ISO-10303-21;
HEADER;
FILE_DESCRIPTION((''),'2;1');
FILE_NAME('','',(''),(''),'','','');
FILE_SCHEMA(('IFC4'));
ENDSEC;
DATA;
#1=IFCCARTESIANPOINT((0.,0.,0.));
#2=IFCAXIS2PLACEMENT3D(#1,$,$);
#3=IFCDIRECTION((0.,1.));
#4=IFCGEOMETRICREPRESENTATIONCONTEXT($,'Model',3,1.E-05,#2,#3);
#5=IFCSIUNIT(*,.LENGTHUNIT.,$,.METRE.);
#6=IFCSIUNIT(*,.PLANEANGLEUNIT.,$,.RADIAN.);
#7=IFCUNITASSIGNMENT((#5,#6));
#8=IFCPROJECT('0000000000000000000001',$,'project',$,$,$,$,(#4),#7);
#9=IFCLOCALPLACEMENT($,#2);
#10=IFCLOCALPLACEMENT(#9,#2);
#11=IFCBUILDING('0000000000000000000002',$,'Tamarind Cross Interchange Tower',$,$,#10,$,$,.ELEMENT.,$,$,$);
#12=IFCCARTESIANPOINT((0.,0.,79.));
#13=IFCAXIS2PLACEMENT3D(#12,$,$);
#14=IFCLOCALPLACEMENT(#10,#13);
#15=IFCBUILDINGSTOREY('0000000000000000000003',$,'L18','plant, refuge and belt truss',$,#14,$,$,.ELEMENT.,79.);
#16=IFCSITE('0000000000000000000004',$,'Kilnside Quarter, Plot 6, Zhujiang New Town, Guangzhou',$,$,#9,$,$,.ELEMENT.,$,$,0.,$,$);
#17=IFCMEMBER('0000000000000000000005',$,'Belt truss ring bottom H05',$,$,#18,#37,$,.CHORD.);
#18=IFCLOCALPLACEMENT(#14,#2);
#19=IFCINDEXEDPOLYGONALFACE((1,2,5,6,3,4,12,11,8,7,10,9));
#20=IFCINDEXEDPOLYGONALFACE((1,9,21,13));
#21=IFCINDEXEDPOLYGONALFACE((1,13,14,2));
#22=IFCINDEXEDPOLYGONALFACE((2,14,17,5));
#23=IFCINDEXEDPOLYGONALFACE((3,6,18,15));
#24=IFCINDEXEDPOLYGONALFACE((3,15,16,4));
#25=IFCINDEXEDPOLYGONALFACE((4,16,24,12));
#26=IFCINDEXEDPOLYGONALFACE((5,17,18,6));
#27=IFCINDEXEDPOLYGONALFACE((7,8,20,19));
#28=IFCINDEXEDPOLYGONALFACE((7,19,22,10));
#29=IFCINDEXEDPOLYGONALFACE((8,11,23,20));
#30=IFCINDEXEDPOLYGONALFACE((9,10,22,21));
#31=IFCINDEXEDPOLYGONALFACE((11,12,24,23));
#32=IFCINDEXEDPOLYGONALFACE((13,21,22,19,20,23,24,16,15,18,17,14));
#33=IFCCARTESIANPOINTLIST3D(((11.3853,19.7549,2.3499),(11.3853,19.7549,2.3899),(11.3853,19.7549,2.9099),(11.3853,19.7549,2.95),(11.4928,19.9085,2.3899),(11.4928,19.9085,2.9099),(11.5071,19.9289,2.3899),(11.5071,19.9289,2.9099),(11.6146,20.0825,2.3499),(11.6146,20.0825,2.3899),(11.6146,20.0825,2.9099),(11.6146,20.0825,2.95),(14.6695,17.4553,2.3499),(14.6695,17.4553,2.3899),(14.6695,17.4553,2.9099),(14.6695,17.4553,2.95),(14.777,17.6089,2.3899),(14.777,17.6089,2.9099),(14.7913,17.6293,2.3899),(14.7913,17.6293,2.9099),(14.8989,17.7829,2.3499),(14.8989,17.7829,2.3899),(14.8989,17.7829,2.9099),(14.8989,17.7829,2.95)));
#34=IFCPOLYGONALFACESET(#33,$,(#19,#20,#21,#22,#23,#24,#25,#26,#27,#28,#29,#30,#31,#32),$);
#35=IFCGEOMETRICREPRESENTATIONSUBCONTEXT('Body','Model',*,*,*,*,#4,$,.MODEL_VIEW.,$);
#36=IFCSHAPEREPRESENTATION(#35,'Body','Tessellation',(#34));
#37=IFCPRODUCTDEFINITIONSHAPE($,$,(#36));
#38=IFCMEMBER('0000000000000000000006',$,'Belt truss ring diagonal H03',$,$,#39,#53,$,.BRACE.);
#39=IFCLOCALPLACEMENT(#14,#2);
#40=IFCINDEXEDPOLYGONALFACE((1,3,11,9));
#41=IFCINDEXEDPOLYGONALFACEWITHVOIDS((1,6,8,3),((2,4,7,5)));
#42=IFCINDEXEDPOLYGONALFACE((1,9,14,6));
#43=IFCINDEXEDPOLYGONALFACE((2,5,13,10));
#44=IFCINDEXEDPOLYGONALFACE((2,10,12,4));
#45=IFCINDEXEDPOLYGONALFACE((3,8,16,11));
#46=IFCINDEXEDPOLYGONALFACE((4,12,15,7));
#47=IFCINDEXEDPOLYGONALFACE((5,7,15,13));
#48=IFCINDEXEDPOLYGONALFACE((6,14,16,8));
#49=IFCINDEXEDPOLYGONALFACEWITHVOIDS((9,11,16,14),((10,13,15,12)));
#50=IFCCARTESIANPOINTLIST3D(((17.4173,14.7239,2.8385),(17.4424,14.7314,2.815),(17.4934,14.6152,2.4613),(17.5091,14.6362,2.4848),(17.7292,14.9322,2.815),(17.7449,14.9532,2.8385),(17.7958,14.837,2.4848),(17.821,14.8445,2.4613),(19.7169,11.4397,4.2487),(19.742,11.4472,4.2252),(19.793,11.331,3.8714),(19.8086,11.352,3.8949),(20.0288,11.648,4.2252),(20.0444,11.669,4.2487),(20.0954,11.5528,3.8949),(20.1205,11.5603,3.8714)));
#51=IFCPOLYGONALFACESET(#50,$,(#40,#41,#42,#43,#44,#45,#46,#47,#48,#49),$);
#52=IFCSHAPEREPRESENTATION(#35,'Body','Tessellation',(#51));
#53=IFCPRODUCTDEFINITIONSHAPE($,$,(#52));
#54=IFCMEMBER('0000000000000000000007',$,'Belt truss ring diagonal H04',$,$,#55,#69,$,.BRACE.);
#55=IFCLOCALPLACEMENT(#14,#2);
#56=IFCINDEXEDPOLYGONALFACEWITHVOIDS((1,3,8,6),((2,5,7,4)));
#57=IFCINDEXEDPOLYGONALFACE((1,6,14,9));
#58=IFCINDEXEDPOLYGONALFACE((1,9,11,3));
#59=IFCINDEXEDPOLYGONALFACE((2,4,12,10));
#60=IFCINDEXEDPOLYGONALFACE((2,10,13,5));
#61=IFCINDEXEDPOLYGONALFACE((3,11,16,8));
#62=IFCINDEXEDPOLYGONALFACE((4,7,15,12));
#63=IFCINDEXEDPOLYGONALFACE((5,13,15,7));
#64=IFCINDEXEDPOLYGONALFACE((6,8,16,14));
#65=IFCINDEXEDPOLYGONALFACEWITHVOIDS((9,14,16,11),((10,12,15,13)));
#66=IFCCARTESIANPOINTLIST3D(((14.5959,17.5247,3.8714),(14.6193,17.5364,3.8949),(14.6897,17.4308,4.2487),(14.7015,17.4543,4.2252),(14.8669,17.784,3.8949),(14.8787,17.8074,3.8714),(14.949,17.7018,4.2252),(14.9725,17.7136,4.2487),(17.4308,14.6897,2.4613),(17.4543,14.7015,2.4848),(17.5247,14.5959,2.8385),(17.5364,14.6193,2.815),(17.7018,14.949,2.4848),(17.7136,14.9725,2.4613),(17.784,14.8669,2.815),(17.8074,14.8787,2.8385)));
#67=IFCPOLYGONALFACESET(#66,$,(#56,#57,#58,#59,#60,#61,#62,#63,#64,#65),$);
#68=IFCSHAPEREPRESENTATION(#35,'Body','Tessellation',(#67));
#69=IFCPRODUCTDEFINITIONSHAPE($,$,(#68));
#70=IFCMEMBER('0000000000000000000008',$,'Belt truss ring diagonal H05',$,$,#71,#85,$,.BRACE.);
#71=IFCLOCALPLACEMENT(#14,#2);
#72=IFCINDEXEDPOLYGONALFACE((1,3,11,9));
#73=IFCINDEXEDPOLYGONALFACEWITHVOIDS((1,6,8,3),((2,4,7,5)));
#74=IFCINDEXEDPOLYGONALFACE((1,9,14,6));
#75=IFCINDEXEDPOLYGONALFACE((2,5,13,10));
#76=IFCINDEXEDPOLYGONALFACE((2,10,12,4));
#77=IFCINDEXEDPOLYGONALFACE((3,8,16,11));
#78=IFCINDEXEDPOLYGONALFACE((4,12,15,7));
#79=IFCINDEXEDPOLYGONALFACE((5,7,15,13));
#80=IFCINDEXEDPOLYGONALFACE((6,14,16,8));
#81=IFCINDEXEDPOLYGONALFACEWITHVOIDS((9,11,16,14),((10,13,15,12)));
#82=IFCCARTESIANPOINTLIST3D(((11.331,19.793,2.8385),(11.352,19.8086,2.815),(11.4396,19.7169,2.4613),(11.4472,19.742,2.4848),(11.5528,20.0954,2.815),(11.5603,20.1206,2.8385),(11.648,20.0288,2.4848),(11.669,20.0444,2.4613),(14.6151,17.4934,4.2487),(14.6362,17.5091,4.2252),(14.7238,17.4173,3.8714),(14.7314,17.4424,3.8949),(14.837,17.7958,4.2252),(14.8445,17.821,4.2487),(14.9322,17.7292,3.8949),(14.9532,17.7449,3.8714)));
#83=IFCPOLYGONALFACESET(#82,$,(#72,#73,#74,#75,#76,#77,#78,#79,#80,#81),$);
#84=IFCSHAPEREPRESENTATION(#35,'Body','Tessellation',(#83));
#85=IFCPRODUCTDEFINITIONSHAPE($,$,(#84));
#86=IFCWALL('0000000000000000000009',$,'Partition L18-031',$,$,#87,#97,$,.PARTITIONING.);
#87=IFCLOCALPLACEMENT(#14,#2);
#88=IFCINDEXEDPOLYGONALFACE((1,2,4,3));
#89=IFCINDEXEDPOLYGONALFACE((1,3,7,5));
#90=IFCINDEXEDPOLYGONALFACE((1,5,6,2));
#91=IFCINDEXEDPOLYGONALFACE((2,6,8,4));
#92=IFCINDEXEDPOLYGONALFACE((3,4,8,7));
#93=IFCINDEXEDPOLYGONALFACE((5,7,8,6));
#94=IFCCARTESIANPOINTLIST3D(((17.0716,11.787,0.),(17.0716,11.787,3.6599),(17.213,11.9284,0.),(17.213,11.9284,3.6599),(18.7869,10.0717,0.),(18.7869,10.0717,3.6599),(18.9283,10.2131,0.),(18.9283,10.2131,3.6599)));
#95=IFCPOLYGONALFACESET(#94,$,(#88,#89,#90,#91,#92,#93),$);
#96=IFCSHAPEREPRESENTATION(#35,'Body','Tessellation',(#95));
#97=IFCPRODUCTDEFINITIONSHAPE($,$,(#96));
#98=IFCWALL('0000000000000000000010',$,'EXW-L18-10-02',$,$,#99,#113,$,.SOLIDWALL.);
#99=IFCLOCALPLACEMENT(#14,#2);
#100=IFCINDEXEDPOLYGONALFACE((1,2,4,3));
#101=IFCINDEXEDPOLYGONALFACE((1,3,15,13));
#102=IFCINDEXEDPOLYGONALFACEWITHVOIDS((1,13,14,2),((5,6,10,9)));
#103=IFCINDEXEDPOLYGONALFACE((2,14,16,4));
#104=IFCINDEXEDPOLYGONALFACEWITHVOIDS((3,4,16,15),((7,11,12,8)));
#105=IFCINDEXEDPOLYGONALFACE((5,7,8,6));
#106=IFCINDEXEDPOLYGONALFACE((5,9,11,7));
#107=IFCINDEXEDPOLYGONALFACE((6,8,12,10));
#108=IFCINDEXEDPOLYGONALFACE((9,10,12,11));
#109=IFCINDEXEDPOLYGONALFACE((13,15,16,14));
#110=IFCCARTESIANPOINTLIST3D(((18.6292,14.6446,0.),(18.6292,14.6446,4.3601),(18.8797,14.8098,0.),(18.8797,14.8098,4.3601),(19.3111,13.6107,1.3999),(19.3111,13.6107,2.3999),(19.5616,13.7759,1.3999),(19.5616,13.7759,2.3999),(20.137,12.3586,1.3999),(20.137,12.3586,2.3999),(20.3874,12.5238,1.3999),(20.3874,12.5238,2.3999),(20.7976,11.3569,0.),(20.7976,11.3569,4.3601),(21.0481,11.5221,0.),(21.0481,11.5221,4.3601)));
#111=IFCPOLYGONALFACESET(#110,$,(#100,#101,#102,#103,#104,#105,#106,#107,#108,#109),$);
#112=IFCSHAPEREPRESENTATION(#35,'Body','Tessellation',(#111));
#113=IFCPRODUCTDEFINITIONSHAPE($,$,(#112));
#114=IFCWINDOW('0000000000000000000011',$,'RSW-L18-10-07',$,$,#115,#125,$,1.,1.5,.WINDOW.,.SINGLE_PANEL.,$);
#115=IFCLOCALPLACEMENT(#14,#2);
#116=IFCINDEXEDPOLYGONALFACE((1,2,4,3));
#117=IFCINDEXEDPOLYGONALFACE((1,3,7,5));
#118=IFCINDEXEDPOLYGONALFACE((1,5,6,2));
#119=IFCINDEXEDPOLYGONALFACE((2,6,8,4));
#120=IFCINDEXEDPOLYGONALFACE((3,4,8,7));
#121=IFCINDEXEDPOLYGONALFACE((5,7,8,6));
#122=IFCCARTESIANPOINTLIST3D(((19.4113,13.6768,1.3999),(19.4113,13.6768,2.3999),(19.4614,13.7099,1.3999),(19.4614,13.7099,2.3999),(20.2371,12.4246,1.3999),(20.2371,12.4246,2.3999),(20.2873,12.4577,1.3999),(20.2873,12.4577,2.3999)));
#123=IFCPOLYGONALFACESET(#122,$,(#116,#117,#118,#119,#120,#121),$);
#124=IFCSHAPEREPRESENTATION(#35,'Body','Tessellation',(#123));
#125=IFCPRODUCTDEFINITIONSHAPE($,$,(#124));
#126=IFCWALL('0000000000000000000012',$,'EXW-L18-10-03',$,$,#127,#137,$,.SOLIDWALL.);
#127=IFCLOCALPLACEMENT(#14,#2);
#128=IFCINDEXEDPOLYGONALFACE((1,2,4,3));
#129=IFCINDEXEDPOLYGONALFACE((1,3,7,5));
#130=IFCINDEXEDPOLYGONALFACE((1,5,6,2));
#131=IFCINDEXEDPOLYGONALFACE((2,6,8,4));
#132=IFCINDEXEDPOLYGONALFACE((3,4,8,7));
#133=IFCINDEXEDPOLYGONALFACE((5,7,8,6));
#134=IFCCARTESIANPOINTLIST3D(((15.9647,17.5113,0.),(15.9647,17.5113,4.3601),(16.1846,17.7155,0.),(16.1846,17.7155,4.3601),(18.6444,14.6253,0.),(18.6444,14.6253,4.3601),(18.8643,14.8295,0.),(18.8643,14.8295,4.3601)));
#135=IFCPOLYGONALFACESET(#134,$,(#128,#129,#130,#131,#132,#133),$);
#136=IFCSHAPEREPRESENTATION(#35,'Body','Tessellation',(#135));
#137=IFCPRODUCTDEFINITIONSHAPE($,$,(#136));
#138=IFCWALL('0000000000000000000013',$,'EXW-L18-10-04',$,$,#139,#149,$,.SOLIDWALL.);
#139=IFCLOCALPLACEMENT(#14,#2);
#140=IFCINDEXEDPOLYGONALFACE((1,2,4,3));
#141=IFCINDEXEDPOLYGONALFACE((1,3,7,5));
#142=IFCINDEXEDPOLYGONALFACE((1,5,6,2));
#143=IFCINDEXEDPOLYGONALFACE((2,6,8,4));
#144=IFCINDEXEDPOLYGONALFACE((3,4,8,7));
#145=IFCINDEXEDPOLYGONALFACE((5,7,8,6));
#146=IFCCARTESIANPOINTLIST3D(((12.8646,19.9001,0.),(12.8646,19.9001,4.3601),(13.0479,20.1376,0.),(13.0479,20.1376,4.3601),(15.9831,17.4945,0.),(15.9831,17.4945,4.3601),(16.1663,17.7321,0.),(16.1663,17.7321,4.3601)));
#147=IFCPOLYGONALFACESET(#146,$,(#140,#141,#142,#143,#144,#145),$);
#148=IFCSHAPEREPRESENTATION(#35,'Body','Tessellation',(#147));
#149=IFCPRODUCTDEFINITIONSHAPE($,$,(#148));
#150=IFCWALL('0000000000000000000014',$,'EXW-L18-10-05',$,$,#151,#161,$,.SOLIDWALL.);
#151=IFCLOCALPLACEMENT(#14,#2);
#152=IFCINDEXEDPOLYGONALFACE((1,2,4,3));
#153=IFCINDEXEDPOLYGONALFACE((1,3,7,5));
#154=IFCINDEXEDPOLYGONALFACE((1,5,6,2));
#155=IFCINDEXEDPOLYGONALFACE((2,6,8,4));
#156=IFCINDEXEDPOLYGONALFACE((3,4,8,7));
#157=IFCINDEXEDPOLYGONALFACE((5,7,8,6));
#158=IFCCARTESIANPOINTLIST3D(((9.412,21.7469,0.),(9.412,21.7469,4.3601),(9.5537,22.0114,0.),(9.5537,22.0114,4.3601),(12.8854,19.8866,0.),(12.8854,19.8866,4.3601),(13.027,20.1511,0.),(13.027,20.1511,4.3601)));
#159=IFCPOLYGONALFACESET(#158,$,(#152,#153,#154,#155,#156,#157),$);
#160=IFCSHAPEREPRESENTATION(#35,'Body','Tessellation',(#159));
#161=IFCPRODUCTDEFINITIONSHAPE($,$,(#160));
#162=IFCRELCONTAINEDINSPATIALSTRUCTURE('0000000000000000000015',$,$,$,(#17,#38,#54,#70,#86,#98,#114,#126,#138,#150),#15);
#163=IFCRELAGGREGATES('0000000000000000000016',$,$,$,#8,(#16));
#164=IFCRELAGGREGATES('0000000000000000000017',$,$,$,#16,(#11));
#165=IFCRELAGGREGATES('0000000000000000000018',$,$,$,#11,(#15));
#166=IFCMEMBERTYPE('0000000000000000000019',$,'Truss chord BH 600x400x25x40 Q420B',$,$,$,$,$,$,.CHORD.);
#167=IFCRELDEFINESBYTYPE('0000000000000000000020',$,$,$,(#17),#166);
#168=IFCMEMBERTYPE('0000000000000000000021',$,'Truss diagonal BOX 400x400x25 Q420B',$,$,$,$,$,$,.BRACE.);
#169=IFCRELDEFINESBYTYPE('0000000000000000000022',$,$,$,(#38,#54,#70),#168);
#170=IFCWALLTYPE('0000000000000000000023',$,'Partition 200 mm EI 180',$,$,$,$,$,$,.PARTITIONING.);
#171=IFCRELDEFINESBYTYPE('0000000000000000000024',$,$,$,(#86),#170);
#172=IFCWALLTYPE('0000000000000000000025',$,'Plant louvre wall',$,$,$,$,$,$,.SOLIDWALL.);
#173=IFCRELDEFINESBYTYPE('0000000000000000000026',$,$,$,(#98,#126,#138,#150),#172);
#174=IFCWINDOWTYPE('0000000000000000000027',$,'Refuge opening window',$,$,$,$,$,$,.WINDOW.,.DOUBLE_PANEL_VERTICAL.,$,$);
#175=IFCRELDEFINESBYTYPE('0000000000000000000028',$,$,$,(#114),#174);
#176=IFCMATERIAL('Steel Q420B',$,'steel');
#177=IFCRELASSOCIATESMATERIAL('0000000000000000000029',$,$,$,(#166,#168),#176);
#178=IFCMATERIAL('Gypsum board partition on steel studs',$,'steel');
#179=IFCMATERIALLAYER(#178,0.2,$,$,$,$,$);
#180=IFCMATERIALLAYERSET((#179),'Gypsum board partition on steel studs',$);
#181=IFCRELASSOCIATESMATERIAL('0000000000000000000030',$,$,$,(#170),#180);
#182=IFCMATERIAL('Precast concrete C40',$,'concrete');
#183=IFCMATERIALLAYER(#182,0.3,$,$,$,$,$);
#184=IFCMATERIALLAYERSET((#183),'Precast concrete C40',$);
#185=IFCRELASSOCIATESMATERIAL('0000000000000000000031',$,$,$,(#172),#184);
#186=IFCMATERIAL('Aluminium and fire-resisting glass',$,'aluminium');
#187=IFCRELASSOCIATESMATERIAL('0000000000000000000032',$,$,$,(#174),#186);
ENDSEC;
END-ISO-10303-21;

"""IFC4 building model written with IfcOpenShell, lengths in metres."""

from ifc_helpers import new_model, si_unit, direction, frame, frame_2d, origin, origin_2d, place, context, subcontext, project, spatial, rectangle, hollow_rectangle, i_section, extrude, material, layer, layer_set, material_profile, profile_set, type_object, element, fill, save


model = new_model("IFC4")

# Units and contexts
model_context = context("Model", 3, precision=1e-05, world=origin(), true_north=direction((0.0, 1.0)))
body_context = subcontext(model_context, "Body", "Model", "MODEL_VIEW")
ifc_project = project(units=[si_unit("LENGTHUNIT", "METRE"), si_unit("PLANEANGLEUNIT", "RADIAN")], contexts=[model_context])

# Site, building, storey
site_placement = place(None, origin())
site = spatial("IfcSite", under=ifc_project, at=site_placement, Name="Kilnside Quarter, Plot 6, Zhujiang New Town, Guangzhou", CompositionType="ELEMENT", RefElevation=0.0)
building_placement = place(site_placement, origin())
building = spatial("IfcBuilding", under=site, at=building_placement, Name="Tamarind Cross Interchange Tower", CompositionType="ELEMENT")
storey_placement = place(building_placement, frame((0.0, 0.0, 79.0)))
storey = spatial("IfcBuildingStorey", under=building, at=storey_placement, Name="L18", Description="plant, refuge and belt truss", CompositionType="ELEMENT", Elevation=79.0)

# Members
ifc_material_1 = material(Name="Steel Q420B", Category="steel")
ifc_material_profile_1 = material_profile(ifc_material_1, i_section(OverallWidth=0.3999, OverallDepth=0.6001, WebThickness=0.0249, FlangeThickness=0.04, at=origin_2d()), Name="BH 600x400x25x40")
ifc_profile_set_1 = profile_set([ifc_material_profile_1], Name="Steel Q420B")
member_type_1 = type_object("IfcMemberType", Name="Truss chord BH 600x400x25x40 Q420B", PredefinedType="CHORD", material=ifc_profile_set_1)
for number, where, z_axis, x_axis, name in (
    (1, (14.7842, 17.6191, 2.6499), (-0.819158, 0.573569, 0.0), (-0.573569, -0.819158, 0.0), "Belt truss ring bottom H05"),
):
    element("IfcMember", number, at=place(storey_placement, frame(where, z_axis=z_axis, x_axis=x_axis)), inside=storey, type_object=member_type_1, Name=name, PredefinedType="CHORD", context=body_context, shape_type="SweptSolid", body=[
        extrude(i_section(OverallWidth=0.3999, OverallDepth=0.6001, WebThickness=0.0249, FlangeThickness=0.04, at=origin_2d()), origin(), (0.0, 0.0, 1.0), 4.0093),
    ])
ifc_material_profile_2 = material_profile(ifc_material_1, hollow_rectangle(XDim=0.3999, YDim=0.3999, WallThickness=0.0249, at=origin_2d()), Name="BOX 400x400x25")
ifc_profile_set_2 = profile_set([ifc_material_profile_2], Name="Steel Q420B")
member_type_2 = type_object("IfcMemberType", Name="Truss diagonal BOX 400x400x25 Q420B", PredefinedType="BRACE", material=ifc_profile_set_2)
for number, where, z_axis, x_axis, name in (
    (2, (19.9187, 11.5, 4.0601), (-0.541075, 0.772751, -0.331803), (-0.819158, -0.573569, 0.0), "Belt truss ring diagonal H03"),
    (3, (17.6191, 14.7842, 2.6499), (-0.667049, 0.667049, 0.331801), (-0.707107, -0.707107, 0.0), "Belt truss ring diagonal H04"),
    (4, (14.7842, 17.6191, 4.0601), (-0.772751, 0.541075, -0.331803), (-0.573569, -0.819158, 0.0), "Belt truss ring diagonal H05"),
):
    element("IfcMember", number, at=place(storey_placement, frame(where, z_axis=z_axis, x_axis=x_axis)), inside=storey, type_object=member_type_2, Name=name, PredefinedType="BRACE", context=body_context, shape_type="SweptSolid", body=[
        extrude(hollow_rectangle(XDim=0.3999, YDim=0.3999, WallThickness=0.0249, at=origin_2d()), origin(), (0.0, 0.0, 1.0), 4.25),
    ])

# Wall
ifc_material_2 = material(Name="Gypsum board partition on steel studs", Category="steel")
ifc_layer_1 = layer(ifc_material_2, 0.2)
ifc_layer_set_1 = layer_set([ifc_layer_1], Name="Gypsum board partition on steel studs")
wall_type_1 = type_object("IfcWallType", Name="Partition 200 mm EI 180", PredefinedType="PARTITIONING", material=ifc_layer_set_1)
wall_1_placement = place(storey_placement, frame((17.1423, 11.8577, 0.0), z_axis=(0.0, 0.0, 1.0), x_axis=(0.707107, -0.707107, 0.0)))
element("IfcWall", 5, at=wall_1_placement, inside=storey, type_object=wall_type_1, Name="Partition L18-031", PredefinedType="PARTITIONING", context=body_context, shape_type="SweptSolid", body=[
    extrude(rectangle(XDim=2.4258, YDim=0.2, at=frame_2d((1.2129, 0.0))), origin(), (0.0, 0.0, 1.0), 3.6599),
])

# Wall, opening, window
ifc_material_3 = material(Name="Precast concrete C40", Category="concrete")
ifc_layer_2 = layer(ifc_material_3, 0.3)
ifc_layer_set_2 = layer_set([ifc_layer_2], Name="Precast concrete C40")
wall_type_2 = type_object("IfcWallType", Name="Plant louvre wall", PredefinedType="SOLIDWALL", material=ifc_layer_set_2)
wall_2_placement = place(storey_placement, frame((20.9229, 11.4395, 0.0), z_axis=(0.0, 0.0, 1.0), x_axis=(-0.550574, 0.834787, 0.0)))
wall_2 = element("IfcWall", 6, at=wall_2_placement, inside=storey, type_object=wall_type_2, Name="EXW-L18-10-02", PredefinedType="SOLIDWALL", context=body_context, shape_type="SweptSolid", body=[
    extrude(rectangle(XDim=3.9385, YDim=0.3, at=frame_2d((1.9692, 0.0))), origin(), (0.0, 0.0, 1.0), 4.3601),
])
opening_placement = place(wall_2_placement, frame((1.2, 0.0, 1.3999)))
opening = element("IfcOpeningElement", 7, at=opening_placement, cuts=wall_2, PredefinedType="OPENING", context=body_context, shape_type="SweptSolid", body=[
    extrude(rectangle(XDim=1.5, YDim=1.0, at=frame_2d((0.75, 0.5))), frame((0.0, 0.1599, 0.0), z_axis=(0.0, -1.0, 0.0), x_axis=(1.0, 0.0, 0.0)), (0.0, 0.0, 1.0), 0.3201),
])
ifc_material_4 = material(Name="Aluminium and fire-resisting glass", Category="aluminium")
window_type = type_object("IfcWindowType", Name="Refuge opening window", PartitioningType="DOUBLE_PANEL_VERTICAL", PredefinedType="WINDOW", material=ifc_material_4)
window_placement = place(opening_placement, origin())
window = element("IfcWindow", 8, at=window_placement, inside=storey, type_object=window_type, Name="RSW-L18-10-07", OverallHeight=1.0, OverallWidth=1.5, PartitioningType="SINGLE_PANEL", PredefinedType="WINDOW", context=body_context, shape_type="SweptSolid", body=[
    extrude(rectangle(XDim=1.5, YDim=1.0, at=frame_2d((0.75, 0.5))), frame((0.0, 0.03, 0.0), z_axis=(0.0, -1.0, 0.0), x_axis=(1.0, 0.0, 0.0)), (0.0, 0.0, 1.0), 0.0601),
])
fill(opening, window)

# Walls
wall_3_placement = place(storey_placement, frame((18.7544, 14.7273, 0.0), z_axis=(0.0, 0.0, 1.0), x_axis=(-0.68043, 0.732813, 0.0)))
element("IfcWall", 9, at=wall_3_placement, inside=storey, type_object=wall_type_2, Name="EXW-L18-10-03", PredefinedType="SOLIDWALL", context=body_context, shape_type="SweptSolid", body=[
    extrude(rectangle(XDim=3.9382, YDim=0.3, at=frame_2d((1.9692, 0.0))), origin(), (0.0, 0.0, 1.0), 4.3601),
])
wall_4_placement = place(storey_placement, frame((16.0747, 17.6133, 0.0), z_axis=(0.0, 0.0, 1.0), x_axis=(-0.791796, 0.610786, 0.0)))
element("IfcWall", 10, at=wall_4_placement, inside=storey, type_object=wall_type_2, Name="EXW-L18-10-04", PredefinedType="SOLIDWALL", context=body_context, shape_type="SweptSolid", body=[
    extrude(rectangle(XDim=3.9385, YDim=0.3, at=frame_2d((1.9692, 0.0))), origin(), (0.0, 0.0, 1.0), 4.3601),
])
wall_5_placement = place(storey_placement, frame((12.9563, 20.0188, 0.0), z_axis=(0.0, 0.0, 1.0), x_axis=(-0.881521, 0.472144, 0.0)))
element("IfcWall", 11, at=wall_5_placement, inside=storey, type_object=wall_type_2, Name="EXW-L18-10-05", PredefinedType="SOLIDWALL", context=body_context, shape_type="SweptSolid", body=[
    extrude(rectangle(XDim=3.9402, YDim=0.3, at=frame_2d((1.9702, 0.0))), origin(), (0.0, 0.0, 1.0), 4.3601),
])

save(model, "model.ifc")
